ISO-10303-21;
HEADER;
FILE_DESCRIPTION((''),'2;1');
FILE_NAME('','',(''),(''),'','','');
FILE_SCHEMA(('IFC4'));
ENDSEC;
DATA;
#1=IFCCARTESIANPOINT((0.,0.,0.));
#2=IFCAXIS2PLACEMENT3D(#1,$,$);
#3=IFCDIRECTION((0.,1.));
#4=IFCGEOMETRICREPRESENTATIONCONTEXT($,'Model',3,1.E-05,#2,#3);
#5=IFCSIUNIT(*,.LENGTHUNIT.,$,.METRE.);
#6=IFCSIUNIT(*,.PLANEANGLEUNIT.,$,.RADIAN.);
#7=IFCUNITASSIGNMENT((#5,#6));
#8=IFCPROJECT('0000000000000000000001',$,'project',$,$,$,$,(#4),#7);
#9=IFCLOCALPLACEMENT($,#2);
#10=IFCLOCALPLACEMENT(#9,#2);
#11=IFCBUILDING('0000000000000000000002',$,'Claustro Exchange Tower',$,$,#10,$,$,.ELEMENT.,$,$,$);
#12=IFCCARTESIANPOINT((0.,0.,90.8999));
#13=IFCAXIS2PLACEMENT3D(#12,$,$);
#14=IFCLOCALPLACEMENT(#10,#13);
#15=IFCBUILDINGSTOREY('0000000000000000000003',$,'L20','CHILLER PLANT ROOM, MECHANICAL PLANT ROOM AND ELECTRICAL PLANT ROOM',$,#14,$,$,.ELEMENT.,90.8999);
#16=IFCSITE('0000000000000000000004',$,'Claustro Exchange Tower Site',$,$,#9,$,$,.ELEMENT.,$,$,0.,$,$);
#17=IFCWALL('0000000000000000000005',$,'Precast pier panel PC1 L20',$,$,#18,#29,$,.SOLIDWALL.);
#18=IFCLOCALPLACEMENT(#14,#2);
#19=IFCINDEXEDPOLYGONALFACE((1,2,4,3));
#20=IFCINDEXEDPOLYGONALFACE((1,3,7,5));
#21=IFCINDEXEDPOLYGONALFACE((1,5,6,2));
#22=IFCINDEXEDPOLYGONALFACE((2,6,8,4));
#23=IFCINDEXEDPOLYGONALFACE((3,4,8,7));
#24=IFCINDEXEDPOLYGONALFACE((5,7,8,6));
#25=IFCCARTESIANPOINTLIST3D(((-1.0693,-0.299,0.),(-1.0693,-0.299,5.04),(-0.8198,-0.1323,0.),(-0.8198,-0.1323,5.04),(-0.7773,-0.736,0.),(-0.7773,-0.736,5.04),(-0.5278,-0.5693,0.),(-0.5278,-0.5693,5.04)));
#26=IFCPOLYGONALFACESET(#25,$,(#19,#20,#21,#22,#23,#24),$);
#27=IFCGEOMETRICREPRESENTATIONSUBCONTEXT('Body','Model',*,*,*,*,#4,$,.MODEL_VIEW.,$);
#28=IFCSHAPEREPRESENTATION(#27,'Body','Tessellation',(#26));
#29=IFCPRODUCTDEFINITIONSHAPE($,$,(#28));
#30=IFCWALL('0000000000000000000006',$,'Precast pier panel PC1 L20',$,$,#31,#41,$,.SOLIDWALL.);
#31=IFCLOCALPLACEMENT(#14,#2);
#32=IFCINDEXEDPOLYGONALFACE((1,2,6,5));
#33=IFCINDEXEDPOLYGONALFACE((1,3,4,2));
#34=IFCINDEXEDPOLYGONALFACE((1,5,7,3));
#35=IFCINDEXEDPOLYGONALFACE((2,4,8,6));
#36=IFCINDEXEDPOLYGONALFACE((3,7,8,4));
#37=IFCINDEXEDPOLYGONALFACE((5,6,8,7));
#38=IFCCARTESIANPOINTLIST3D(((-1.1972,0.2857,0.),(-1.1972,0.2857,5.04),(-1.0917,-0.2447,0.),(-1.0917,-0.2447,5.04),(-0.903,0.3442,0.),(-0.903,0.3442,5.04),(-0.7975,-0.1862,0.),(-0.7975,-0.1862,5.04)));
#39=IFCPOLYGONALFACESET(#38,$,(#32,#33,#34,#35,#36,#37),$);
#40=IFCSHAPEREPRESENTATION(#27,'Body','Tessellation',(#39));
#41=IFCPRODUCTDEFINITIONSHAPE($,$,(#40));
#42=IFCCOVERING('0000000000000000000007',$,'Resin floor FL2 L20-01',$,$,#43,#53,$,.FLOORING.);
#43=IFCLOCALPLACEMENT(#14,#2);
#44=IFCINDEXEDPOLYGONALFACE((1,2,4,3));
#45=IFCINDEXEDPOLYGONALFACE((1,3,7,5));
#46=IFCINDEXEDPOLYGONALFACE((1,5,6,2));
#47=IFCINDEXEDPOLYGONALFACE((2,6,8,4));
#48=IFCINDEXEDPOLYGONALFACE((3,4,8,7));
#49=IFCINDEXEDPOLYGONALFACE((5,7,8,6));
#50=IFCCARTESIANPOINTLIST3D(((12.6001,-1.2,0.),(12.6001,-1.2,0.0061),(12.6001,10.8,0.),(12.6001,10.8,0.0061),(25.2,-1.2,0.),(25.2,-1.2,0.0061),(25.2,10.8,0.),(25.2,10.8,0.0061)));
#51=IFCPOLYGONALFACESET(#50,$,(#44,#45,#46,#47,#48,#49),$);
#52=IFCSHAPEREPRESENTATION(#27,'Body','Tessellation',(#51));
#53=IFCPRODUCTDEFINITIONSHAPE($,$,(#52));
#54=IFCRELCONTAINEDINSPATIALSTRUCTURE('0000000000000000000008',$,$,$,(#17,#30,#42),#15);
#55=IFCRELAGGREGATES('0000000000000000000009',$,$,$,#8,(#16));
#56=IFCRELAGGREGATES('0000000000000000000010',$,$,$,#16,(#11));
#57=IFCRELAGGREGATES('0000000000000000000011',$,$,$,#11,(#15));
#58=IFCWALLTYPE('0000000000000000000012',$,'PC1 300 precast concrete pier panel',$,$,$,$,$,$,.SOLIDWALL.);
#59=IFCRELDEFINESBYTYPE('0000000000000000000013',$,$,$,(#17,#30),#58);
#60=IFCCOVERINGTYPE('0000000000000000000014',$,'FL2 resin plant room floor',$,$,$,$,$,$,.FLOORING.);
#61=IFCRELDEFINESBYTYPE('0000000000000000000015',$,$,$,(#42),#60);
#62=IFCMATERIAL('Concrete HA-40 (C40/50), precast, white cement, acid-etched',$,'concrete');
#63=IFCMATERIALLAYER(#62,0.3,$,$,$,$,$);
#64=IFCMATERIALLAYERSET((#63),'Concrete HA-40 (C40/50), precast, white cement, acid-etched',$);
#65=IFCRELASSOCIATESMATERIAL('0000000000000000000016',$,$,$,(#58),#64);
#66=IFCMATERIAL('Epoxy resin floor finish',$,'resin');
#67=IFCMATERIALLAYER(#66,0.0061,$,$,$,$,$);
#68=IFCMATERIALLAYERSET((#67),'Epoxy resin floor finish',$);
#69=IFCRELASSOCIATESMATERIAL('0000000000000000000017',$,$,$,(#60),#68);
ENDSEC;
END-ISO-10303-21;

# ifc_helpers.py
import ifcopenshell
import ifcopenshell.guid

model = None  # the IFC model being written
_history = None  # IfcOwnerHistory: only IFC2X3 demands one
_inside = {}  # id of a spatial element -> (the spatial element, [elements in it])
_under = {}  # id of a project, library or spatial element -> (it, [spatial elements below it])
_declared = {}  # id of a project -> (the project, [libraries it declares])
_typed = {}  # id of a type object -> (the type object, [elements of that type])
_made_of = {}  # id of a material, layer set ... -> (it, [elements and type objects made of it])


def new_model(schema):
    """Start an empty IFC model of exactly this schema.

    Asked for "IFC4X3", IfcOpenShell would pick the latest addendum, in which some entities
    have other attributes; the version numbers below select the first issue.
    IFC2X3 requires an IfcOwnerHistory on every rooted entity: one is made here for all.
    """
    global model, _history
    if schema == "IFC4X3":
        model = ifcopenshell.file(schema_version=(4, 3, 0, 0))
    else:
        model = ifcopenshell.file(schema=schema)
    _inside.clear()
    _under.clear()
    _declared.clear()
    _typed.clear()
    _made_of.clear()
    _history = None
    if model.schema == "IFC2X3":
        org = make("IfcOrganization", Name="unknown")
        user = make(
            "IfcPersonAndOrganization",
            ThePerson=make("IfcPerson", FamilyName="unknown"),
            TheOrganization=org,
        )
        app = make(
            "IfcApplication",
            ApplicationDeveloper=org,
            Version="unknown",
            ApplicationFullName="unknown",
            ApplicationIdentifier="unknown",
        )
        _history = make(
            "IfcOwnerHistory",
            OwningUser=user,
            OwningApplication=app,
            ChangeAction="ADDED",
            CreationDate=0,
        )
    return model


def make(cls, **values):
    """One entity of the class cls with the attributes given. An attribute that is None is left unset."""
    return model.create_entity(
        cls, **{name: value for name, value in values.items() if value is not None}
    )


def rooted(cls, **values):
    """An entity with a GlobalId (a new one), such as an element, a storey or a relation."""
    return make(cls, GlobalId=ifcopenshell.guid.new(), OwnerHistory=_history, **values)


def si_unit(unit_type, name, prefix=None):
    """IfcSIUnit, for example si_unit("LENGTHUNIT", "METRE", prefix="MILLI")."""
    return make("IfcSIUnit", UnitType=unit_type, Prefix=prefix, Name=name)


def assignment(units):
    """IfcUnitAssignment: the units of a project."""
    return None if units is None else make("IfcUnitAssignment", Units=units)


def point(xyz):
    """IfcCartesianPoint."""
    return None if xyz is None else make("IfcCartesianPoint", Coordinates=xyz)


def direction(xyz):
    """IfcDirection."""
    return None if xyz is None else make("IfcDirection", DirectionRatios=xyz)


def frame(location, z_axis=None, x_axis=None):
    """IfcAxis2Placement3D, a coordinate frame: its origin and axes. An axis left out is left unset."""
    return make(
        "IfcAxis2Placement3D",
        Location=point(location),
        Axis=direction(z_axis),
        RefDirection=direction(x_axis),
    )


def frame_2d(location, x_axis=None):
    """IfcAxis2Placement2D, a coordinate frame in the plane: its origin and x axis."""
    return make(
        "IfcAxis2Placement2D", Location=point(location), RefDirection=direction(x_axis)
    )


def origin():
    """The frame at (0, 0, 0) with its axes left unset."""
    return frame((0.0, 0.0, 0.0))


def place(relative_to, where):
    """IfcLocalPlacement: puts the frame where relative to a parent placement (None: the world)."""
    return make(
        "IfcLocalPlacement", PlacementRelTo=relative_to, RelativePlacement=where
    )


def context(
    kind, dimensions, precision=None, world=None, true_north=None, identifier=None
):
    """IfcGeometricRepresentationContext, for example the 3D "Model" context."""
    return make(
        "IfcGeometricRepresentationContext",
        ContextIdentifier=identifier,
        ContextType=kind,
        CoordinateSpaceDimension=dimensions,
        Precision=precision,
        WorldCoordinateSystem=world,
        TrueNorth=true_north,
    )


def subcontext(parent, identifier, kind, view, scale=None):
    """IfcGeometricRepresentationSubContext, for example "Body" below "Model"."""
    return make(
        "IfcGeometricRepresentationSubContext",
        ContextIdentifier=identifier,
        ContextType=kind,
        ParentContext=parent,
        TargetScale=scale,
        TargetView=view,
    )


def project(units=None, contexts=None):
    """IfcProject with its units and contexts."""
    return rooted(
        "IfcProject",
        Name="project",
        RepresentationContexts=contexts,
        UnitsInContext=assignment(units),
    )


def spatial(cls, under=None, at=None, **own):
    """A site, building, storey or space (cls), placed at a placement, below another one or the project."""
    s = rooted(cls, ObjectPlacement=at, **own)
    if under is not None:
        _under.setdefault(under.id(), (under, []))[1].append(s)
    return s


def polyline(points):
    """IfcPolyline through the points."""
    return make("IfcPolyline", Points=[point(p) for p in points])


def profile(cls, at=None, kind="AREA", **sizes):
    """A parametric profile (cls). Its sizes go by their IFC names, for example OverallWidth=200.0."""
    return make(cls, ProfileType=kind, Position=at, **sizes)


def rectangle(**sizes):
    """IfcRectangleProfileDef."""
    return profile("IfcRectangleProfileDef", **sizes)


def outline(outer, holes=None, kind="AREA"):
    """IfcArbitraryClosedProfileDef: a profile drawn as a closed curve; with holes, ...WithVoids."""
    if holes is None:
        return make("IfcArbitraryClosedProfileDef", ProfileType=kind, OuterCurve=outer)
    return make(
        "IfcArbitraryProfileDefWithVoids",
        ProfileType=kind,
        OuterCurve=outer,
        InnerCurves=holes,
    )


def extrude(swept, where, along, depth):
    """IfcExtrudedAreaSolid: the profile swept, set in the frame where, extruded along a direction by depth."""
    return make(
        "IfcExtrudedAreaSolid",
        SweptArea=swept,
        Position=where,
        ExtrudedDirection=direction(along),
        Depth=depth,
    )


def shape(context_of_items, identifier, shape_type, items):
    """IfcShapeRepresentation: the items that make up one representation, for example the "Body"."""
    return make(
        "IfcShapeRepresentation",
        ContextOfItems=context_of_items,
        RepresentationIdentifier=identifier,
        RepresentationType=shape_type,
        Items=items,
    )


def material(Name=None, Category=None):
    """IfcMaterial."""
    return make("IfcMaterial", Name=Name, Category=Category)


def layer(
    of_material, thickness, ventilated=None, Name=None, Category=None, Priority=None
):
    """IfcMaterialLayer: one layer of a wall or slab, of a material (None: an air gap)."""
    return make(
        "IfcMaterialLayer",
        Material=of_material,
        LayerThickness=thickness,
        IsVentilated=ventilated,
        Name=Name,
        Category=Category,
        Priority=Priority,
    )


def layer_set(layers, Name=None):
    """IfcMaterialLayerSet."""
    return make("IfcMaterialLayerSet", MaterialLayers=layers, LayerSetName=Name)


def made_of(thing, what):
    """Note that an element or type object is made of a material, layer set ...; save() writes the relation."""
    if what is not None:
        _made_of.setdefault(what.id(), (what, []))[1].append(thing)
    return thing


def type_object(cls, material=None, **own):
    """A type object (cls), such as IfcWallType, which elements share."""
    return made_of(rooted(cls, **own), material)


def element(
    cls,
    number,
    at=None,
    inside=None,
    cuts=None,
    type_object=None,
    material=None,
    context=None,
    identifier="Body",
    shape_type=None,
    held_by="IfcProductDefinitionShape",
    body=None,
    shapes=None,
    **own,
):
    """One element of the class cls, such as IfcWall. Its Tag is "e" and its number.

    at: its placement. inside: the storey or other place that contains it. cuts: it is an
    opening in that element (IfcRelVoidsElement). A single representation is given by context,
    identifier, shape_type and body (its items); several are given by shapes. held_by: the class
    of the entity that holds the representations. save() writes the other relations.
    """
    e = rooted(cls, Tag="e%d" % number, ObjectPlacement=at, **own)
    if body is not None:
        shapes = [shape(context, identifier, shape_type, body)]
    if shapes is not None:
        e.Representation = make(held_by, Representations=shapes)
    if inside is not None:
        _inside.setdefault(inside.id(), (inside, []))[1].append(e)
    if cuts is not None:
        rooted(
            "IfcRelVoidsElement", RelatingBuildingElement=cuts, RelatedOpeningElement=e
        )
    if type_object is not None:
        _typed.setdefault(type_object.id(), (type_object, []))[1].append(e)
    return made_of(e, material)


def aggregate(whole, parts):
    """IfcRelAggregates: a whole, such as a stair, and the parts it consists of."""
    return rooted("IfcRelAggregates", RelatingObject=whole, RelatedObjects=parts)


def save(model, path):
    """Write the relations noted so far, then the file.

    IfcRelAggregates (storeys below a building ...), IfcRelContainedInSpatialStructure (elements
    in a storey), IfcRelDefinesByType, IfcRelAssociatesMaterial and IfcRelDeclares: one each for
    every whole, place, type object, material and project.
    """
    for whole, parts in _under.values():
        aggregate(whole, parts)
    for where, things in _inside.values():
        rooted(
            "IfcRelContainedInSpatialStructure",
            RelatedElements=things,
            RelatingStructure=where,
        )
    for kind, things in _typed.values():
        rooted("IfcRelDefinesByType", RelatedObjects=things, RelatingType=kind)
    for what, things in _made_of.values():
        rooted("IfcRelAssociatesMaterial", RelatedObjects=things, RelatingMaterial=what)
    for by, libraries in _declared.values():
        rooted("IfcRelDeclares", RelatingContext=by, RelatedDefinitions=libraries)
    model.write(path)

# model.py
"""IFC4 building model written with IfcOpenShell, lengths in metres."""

from ifc_helpers import new_model, si_unit, direction, frame, frame_2d, origin, place, context, subcontext, project, spatial, polyline, rectangle, outline, extrude, material, layer, layer_set, type_object, element, save


model = new_model("IFC4")

# Units and contexts
model_context = context("Model", 3, precision=1e-05, world=origin(), true_north=direction((0.0, 1.0)))
body_context = subcontext(model_context, "Body", "Model", "MODEL_VIEW")
ifc_project = project(units=[si_unit("LENGTHUNIT", "METRE"), si_unit("PLANEANGLEUNIT", "RADIAN")], contexts=[model_context])

# Site, building, storey
site_placement = place(None, origin())
site = spatial("IfcSite", under=ifc_project, at=site_placement, Name="Claustro Exchange Tower Site", CompositionType="ELEMENT", RefElevation=0.0)
building_placement = place(site_placement, origin())
building = spatial("IfcBuilding", under=site, at=building_placement, Name="Claustro Exchange Tower", CompositionType="ELEMENT")
storey_placement = place(building_placement, frame((0.0, 0.0, 90.8999)))
storey = spatial("IfcBuildingStorey", under=building, at=storey_placement, Name="L20", Description="CHILLER PLANT ROOM, MECHANICAL PLANT ROOM AND ELECTRICAL PLANT ROOM", CompositionType="ELEMENT", Elevation=90.8999)

# Walls
ifc_material_1 = material(Name="Concrete HA-40 (C40/50), precast, white cement, acid-etched", Category="concrete")
ifc_layer_1 = layer(ifc_material_1, 0.3)
ifc_layer_set_1 = layer_set([ifc_layer_1], Name="Concrete HA-40 (C40/50), precast, white cement, acid-etched")
wall_type = type_object("IfcWallType", Name="PC1 300 precast concrete pier panel", PredefinedType="SOLIDWALL", material=ifc_layer_set_1)
for number, where, z_axis, x_axis, name in (
    (1, (-0.6526, -0.6526, 0.0), (0.0, 0.0, 1.0), (-0.555557, 0.831478, 0.0), "Precast pier panel PC1 L20"),
):
    element("IfcWall", number, at=place(storey_placement, frame(where, z_axis=z_axis, x_axis=x_axis)), inside=storey, type_object=wall_type, Name=name, PredefinedType="SOLIDWALL", context=body_context, shape_type="SweptSolid", body=[
        extrude(rectangle(XDim=0.5256, YDim=0.3, at=frame_2d((0.2627, 0.0))), origin(), (0.0, 0.0, 1.0), 5.04),
    ])
wall_1_placement = place(storey_placement, frame((-0.9446, -0.2156, 0.0), z_axis=(0.0, 0.0, 1.0), x_axis=(-0.195074, 0.980789, 0.0)))
element("IfcWall", 2, at=wall_1_placement, inside=storey, type_object=wall_type, Name="Precast pier panel PC1 L20", PredefinedType="SOLIDWALL", context=body_context, shape_type="SweptSolid", body=[
    extrude(rectangle(XDim=0.5408, YDim=0.3, at=frame_2d((0.2705, 0.0))), origin(), (0.0, 0.0, 1.0), 5.04),
])

# Covering
ifc_material_2 = material(Name="Epoxy resin floor finish", Category="resin")
ifc_layer_2 = layer(ifc_material_2, 0.0061)
ifc_layer_set_2 = layer_set([ifc_layer_2], Name="Epoxy resin floor finish")
covering_type = type_object("IfcCoveringType", Name="FL2 resin plant room floor", PredefinedType="FLOORING", material=ifc_layer_set_2)
covering_placement = place(storey_placement, origin())
element("IfcCovering", 3, at=covering_placement, inside=storey, type_object=covering_type, Name="Resin floor FL2 L20-01", PredefinedType="FLOORING", context=body_context, shape_type="SweptSolid", body=[
    extrude(outline(polyline([(12.6001, -1.2), (25.2, -1.2), (25.2, 10.8), (12.6001, 10.8), (12.6001, -1.2)])), origin(), (0.0, 0.0, 1.0), 0.0061),
])

save(model, "model.ifc")
